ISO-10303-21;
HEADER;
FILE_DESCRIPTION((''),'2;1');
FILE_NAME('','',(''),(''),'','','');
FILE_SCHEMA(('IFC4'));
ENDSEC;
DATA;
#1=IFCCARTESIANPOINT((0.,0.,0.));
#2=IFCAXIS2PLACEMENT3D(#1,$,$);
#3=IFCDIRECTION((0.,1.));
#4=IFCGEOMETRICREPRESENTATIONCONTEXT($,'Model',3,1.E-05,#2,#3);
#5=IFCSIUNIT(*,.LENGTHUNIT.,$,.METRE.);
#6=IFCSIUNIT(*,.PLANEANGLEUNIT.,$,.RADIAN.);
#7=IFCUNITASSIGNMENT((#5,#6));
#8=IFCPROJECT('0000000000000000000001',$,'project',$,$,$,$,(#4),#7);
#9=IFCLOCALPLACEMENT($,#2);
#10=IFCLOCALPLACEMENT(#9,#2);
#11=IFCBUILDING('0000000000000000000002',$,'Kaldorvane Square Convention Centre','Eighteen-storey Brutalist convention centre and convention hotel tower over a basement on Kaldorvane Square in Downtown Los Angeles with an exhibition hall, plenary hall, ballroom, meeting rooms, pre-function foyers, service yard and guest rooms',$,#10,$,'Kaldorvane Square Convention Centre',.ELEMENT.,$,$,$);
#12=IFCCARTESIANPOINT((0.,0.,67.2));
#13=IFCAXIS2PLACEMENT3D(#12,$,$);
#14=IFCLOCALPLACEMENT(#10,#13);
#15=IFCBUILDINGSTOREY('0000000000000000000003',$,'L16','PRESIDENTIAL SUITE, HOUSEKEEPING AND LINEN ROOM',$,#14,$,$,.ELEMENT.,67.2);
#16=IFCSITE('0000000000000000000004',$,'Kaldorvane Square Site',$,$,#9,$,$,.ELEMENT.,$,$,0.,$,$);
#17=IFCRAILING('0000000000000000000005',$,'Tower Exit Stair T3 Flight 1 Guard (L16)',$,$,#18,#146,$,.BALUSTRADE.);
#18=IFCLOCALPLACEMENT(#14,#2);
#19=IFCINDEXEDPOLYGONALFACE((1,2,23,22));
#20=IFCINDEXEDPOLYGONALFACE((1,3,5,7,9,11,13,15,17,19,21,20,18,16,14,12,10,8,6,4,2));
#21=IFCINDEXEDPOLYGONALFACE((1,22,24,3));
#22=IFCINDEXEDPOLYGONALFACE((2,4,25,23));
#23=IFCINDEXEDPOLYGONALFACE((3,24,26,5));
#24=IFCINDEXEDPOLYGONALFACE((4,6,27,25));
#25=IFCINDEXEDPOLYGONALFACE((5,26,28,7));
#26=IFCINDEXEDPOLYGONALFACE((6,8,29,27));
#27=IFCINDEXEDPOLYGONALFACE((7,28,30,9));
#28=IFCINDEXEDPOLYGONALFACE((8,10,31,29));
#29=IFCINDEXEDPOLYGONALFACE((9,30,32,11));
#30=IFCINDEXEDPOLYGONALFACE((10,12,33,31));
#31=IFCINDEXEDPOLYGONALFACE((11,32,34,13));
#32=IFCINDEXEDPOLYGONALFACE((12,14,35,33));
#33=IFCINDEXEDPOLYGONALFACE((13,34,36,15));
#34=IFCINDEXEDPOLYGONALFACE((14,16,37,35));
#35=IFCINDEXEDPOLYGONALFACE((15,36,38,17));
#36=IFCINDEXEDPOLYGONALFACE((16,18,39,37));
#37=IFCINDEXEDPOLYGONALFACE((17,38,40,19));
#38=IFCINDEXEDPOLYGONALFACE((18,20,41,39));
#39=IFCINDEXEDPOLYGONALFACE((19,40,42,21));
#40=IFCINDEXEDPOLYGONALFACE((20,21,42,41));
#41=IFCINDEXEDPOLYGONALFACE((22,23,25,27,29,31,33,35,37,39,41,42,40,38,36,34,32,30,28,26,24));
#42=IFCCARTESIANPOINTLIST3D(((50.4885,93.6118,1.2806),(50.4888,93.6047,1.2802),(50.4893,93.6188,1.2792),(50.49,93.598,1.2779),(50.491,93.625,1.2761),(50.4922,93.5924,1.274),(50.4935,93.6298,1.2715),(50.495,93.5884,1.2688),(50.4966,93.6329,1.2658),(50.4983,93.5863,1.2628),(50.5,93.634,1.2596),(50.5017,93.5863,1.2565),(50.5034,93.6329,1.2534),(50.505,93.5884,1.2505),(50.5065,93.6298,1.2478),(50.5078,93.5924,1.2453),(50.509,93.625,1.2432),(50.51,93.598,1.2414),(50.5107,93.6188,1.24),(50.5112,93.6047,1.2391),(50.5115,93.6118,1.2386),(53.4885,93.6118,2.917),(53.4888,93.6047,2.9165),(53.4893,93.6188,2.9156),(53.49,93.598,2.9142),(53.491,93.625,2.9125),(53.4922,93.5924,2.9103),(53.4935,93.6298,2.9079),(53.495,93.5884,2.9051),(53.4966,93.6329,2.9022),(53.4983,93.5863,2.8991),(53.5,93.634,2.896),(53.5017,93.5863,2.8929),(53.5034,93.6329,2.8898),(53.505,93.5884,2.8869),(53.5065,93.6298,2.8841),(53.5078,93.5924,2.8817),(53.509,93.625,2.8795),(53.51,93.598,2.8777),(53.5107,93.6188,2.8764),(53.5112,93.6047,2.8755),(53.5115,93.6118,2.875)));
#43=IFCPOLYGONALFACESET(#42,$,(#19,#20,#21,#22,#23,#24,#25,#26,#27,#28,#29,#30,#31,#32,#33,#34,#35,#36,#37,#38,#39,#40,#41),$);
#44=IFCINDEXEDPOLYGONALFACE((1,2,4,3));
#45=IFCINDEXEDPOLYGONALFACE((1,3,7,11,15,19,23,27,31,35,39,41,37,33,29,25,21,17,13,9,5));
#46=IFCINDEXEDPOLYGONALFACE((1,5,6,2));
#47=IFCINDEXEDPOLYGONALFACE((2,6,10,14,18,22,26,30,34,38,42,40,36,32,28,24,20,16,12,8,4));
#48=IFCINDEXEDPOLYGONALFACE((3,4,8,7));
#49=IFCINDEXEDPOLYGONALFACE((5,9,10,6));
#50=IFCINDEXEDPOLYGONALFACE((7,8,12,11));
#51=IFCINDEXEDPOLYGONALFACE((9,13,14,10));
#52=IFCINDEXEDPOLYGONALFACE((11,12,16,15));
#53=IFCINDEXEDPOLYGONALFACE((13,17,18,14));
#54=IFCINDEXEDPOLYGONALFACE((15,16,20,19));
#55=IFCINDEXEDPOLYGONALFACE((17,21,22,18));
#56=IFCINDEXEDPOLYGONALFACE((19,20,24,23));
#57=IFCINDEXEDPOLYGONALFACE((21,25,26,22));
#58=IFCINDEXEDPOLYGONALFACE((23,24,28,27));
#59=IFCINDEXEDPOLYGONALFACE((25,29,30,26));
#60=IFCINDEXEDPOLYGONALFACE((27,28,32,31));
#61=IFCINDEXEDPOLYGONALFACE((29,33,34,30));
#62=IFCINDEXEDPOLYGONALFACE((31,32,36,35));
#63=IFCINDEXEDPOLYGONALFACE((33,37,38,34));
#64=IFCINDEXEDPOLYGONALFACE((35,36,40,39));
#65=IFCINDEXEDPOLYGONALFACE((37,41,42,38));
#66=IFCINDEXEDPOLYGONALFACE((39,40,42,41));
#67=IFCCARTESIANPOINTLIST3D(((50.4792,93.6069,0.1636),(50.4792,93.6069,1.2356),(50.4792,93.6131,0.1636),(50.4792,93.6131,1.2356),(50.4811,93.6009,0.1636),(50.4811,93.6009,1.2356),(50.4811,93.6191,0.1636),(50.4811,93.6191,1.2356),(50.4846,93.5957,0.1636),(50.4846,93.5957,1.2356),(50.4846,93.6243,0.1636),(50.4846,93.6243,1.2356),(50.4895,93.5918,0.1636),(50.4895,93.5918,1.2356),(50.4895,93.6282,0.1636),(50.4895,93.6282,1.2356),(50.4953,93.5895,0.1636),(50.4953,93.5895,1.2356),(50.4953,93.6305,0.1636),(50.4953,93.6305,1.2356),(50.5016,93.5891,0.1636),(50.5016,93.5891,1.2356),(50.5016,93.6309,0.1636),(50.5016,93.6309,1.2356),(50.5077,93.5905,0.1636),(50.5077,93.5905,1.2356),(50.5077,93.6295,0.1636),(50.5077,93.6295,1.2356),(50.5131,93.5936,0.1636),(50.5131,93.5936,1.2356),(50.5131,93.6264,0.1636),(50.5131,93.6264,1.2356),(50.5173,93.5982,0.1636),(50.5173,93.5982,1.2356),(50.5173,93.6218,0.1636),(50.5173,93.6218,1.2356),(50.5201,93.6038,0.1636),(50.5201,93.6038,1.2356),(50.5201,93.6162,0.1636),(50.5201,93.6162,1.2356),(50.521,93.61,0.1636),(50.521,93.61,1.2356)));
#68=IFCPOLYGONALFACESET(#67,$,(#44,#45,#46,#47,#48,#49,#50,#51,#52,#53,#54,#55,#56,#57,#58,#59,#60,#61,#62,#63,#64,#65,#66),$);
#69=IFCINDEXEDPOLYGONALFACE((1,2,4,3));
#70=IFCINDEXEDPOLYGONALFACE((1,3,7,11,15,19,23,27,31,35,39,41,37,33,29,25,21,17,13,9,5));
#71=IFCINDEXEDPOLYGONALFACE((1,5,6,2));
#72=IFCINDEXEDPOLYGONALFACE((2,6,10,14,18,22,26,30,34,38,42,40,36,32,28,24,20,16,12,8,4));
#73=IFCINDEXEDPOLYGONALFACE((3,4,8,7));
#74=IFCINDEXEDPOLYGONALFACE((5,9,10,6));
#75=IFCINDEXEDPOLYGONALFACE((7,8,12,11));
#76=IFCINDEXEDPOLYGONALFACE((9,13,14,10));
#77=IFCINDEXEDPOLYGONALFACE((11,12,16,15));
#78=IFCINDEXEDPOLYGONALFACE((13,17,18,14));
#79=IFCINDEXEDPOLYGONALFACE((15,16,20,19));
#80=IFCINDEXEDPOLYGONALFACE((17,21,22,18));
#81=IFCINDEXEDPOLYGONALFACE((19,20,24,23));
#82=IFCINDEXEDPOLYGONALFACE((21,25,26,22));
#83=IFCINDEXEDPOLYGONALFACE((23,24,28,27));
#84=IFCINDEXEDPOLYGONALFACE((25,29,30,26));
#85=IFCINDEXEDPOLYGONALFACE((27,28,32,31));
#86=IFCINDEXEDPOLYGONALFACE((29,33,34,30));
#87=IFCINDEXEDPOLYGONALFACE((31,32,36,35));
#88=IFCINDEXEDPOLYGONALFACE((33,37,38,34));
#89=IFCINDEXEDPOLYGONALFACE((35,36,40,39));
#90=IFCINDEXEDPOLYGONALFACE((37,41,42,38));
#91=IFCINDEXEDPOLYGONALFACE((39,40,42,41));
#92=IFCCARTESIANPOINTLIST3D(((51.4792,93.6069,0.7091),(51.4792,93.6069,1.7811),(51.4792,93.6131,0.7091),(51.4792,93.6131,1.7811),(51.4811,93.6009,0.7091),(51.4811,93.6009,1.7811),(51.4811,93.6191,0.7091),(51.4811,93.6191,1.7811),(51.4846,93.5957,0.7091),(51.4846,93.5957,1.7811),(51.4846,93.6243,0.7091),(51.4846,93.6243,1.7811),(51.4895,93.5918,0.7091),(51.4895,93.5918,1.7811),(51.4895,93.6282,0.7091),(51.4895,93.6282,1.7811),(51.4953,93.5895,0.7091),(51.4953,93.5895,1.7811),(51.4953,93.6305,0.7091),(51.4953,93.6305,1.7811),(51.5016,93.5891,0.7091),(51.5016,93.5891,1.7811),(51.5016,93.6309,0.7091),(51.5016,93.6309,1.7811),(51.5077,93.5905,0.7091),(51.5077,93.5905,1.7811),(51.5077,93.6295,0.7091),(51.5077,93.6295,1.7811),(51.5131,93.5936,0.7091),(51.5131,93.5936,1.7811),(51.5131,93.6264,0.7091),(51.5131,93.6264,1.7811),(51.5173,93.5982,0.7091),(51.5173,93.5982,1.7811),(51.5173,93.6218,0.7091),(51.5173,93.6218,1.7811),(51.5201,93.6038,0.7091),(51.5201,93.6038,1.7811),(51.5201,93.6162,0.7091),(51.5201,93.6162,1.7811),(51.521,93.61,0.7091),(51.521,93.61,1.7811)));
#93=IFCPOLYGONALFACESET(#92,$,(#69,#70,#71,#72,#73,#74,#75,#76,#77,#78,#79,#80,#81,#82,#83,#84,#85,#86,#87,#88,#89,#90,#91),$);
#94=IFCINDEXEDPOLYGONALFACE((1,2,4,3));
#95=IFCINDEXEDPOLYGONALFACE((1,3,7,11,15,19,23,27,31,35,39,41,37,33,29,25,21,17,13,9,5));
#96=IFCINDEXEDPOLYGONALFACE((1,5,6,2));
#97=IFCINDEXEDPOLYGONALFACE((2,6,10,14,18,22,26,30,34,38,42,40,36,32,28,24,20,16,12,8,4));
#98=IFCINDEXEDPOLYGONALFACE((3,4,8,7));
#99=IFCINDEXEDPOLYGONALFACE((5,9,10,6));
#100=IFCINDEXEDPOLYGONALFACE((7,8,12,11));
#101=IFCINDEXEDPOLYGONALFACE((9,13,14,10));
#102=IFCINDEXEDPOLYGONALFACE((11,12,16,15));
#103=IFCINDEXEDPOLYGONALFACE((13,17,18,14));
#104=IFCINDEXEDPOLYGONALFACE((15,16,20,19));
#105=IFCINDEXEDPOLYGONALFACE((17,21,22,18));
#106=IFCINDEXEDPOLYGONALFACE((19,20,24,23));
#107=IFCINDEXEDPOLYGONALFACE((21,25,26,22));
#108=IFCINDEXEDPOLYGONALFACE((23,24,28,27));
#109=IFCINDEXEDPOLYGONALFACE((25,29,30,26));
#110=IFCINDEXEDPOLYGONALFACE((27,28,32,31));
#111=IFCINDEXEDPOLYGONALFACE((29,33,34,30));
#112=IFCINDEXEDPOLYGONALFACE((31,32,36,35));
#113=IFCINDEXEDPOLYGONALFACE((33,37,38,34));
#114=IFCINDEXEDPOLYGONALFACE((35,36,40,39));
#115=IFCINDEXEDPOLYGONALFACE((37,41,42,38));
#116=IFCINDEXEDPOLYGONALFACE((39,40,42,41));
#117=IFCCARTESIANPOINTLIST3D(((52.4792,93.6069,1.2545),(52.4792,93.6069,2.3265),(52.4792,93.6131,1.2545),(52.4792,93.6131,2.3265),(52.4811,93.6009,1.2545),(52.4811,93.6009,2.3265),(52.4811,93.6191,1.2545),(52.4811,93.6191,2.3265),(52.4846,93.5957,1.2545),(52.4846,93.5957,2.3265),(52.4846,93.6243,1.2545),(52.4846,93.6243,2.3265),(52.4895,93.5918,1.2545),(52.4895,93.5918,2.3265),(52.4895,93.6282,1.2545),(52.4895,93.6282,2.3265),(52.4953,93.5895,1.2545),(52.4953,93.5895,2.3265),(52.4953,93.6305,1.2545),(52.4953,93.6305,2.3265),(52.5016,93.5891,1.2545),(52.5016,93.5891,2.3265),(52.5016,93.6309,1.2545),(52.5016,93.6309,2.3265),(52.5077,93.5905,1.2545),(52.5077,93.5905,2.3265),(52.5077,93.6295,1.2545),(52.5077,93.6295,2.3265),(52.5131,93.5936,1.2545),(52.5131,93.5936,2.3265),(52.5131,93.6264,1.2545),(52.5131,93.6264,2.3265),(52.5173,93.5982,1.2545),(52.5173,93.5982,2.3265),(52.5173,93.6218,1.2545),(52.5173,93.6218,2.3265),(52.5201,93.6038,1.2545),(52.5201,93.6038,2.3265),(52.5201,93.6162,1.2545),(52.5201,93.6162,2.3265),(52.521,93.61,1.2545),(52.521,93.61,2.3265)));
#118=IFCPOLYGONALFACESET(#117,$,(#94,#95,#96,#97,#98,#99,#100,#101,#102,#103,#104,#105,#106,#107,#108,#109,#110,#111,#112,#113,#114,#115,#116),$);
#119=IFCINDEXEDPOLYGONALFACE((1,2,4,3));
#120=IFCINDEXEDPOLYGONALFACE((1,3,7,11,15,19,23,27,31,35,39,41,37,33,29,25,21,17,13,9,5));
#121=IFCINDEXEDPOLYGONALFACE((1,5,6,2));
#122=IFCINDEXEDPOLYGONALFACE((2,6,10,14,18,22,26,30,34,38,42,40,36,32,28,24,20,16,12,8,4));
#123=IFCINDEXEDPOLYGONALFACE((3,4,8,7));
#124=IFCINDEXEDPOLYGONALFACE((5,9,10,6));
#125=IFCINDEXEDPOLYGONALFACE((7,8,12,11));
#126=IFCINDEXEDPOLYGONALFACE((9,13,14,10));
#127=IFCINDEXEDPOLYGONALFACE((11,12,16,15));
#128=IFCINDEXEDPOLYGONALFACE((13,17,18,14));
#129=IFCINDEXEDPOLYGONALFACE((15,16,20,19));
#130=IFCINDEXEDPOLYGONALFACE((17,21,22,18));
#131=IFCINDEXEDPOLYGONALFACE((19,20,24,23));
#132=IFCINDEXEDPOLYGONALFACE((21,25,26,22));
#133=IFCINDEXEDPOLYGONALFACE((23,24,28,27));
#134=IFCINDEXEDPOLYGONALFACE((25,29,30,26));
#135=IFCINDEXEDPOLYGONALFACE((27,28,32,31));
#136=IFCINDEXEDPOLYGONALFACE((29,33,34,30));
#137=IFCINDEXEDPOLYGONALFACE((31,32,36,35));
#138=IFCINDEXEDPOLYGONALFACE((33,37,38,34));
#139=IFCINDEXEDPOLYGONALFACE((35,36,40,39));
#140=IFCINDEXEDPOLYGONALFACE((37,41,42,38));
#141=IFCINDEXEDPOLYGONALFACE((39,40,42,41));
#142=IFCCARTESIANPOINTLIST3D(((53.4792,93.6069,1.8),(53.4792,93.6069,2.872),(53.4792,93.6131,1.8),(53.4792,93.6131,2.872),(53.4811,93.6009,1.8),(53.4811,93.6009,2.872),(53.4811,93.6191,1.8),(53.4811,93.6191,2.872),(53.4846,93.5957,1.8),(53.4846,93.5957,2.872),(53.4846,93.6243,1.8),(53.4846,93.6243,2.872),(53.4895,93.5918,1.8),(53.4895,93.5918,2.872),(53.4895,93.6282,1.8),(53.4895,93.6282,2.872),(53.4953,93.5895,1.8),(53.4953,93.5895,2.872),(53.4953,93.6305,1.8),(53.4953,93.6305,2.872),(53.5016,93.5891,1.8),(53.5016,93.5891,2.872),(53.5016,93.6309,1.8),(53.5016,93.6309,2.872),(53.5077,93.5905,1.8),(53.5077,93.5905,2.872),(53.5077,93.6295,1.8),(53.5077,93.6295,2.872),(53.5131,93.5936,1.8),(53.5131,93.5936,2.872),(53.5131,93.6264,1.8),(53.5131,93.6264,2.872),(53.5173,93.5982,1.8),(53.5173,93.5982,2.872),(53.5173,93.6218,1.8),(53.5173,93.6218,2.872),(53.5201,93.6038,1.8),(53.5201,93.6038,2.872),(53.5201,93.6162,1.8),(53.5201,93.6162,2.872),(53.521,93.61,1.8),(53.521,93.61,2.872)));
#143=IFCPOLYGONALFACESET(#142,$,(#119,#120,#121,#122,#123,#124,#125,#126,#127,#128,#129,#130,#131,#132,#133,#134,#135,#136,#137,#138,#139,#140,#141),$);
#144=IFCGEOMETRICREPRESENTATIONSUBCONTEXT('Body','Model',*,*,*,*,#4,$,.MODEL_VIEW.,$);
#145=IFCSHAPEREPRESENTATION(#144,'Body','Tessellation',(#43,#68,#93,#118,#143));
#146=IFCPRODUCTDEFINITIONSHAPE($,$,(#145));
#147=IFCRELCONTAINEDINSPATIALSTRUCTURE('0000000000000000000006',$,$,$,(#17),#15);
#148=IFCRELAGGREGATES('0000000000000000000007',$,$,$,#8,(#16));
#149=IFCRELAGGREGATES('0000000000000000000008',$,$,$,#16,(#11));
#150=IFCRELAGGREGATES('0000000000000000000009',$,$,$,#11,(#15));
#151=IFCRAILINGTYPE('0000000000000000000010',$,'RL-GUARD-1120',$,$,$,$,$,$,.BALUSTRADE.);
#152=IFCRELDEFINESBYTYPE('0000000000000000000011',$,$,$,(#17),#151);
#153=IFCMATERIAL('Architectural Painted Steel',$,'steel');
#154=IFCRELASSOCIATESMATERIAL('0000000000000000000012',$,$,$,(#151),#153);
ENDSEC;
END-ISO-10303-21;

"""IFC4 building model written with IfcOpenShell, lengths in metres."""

from ifc_helpers import new_model, si_unit, direction, frame, origin, origin_2d, place, context, subcontext, project, spatial, circle, extrude, material, type_object, element, save


model = new_model("IFC4")

# Units and contexts
model_context = context("Model", 3, precision=1e-05, world=origin(), true_north=direction((0.0, 1.0)))
body_context = subcontext(model_context, "Body", "Model", "MODEL_VIEW")
ifc_project = project(units=[si_unit("LENGTHUNIT", "METRE"), si_unit("PLANEANGLEUNIT", "RADIAN")], contexts=[model_context])

# Site, building, storey
site_placement = place(None, origin())
site = spatial("IfcSite", under=ifc_project, at=site_placement, Name="Kaldorvane Square Site", CompositionType="ELEMENT", RefElevation=0.0)
building_placement = place(site_placement, origin())
building = spatial("IfcBuilding", under=site, at=building_placement, Name="Kaldorvane Square Convention Centre", Description="Eighteen-storey Brutalist convention centre and convention hotel tower over a basement on Kaldorvane Square in Downtown Los Angeles with an exhibition hall, plenary hall, ballroom, meeting rooms, pre-function foyers, service yard and guest rooms", LongName="Kaldorvane Square Convention Centre", CompositionType="ELEMENT")
storey_placement = place(building_placement, frame((0.0, 0.0, 67.2)))
storey = spatial("IfcBuildingStorey", under=building, at=storey_placement, Name="L16", Description="PRESIDENTIAL SUITE, HOUSEKEEPING AND LINEN ROOM", CompositionType="ELEMENT", Elevation=67.2)

# Railing
ifc_material_1 = material(Name="Architectural Painted Steel", Category="steel")
railing_type_1 = type_object("IfcRailingType", Name="RL-GUARD-1120", PredefinedType="BALUSTRADE", material=ifc_material_1)
railing_1_placement = place(storey_placement, frame((50.5, 93.61, 0.1636)))
element("IfcRailing", 1, at=railing_1_placement, inside=storey, type_object=railing_type_1, Name="Tower Exit Stair T3 Flight 1 Guard (L16)", PredefinedType="BALUSTRADE", context=body_context, shape_type="SweptSolid", body=[
    extrude(circle(Radius=0.024, at=origin_2d()), frame((0.0, 0.0, 1.096), z_axis=(0.877895, 0.0, 0.478853), x_axis=(0.0, 1.0, 0.0)), (0.0, 0.0, 1.0), 3.4173),
    extrude(circle(Radius=0.021, at=origin_2d()), origin(), (0.0, 0.0, 1.0), 1.072),
    extrude(circle(Radius=0.021, at=origin_2d()), frame((1.0, 0.0, 0.5455)), (0.0, 0.0, 1.0), 1.072),
    extrude(circle(Radius=0.021, at=origin_2d()), frame((2.0, 0.0, 1.0909)), (0.0, 0.0, 1.0), 1.072),
    extrude(circle(Radius=0.021, at=origin_2d()), frame((3.0, 0.0, 1.6364)), (0.0, 0.0, 1.0), 1.072),
])

save(model, "model.ifc")
